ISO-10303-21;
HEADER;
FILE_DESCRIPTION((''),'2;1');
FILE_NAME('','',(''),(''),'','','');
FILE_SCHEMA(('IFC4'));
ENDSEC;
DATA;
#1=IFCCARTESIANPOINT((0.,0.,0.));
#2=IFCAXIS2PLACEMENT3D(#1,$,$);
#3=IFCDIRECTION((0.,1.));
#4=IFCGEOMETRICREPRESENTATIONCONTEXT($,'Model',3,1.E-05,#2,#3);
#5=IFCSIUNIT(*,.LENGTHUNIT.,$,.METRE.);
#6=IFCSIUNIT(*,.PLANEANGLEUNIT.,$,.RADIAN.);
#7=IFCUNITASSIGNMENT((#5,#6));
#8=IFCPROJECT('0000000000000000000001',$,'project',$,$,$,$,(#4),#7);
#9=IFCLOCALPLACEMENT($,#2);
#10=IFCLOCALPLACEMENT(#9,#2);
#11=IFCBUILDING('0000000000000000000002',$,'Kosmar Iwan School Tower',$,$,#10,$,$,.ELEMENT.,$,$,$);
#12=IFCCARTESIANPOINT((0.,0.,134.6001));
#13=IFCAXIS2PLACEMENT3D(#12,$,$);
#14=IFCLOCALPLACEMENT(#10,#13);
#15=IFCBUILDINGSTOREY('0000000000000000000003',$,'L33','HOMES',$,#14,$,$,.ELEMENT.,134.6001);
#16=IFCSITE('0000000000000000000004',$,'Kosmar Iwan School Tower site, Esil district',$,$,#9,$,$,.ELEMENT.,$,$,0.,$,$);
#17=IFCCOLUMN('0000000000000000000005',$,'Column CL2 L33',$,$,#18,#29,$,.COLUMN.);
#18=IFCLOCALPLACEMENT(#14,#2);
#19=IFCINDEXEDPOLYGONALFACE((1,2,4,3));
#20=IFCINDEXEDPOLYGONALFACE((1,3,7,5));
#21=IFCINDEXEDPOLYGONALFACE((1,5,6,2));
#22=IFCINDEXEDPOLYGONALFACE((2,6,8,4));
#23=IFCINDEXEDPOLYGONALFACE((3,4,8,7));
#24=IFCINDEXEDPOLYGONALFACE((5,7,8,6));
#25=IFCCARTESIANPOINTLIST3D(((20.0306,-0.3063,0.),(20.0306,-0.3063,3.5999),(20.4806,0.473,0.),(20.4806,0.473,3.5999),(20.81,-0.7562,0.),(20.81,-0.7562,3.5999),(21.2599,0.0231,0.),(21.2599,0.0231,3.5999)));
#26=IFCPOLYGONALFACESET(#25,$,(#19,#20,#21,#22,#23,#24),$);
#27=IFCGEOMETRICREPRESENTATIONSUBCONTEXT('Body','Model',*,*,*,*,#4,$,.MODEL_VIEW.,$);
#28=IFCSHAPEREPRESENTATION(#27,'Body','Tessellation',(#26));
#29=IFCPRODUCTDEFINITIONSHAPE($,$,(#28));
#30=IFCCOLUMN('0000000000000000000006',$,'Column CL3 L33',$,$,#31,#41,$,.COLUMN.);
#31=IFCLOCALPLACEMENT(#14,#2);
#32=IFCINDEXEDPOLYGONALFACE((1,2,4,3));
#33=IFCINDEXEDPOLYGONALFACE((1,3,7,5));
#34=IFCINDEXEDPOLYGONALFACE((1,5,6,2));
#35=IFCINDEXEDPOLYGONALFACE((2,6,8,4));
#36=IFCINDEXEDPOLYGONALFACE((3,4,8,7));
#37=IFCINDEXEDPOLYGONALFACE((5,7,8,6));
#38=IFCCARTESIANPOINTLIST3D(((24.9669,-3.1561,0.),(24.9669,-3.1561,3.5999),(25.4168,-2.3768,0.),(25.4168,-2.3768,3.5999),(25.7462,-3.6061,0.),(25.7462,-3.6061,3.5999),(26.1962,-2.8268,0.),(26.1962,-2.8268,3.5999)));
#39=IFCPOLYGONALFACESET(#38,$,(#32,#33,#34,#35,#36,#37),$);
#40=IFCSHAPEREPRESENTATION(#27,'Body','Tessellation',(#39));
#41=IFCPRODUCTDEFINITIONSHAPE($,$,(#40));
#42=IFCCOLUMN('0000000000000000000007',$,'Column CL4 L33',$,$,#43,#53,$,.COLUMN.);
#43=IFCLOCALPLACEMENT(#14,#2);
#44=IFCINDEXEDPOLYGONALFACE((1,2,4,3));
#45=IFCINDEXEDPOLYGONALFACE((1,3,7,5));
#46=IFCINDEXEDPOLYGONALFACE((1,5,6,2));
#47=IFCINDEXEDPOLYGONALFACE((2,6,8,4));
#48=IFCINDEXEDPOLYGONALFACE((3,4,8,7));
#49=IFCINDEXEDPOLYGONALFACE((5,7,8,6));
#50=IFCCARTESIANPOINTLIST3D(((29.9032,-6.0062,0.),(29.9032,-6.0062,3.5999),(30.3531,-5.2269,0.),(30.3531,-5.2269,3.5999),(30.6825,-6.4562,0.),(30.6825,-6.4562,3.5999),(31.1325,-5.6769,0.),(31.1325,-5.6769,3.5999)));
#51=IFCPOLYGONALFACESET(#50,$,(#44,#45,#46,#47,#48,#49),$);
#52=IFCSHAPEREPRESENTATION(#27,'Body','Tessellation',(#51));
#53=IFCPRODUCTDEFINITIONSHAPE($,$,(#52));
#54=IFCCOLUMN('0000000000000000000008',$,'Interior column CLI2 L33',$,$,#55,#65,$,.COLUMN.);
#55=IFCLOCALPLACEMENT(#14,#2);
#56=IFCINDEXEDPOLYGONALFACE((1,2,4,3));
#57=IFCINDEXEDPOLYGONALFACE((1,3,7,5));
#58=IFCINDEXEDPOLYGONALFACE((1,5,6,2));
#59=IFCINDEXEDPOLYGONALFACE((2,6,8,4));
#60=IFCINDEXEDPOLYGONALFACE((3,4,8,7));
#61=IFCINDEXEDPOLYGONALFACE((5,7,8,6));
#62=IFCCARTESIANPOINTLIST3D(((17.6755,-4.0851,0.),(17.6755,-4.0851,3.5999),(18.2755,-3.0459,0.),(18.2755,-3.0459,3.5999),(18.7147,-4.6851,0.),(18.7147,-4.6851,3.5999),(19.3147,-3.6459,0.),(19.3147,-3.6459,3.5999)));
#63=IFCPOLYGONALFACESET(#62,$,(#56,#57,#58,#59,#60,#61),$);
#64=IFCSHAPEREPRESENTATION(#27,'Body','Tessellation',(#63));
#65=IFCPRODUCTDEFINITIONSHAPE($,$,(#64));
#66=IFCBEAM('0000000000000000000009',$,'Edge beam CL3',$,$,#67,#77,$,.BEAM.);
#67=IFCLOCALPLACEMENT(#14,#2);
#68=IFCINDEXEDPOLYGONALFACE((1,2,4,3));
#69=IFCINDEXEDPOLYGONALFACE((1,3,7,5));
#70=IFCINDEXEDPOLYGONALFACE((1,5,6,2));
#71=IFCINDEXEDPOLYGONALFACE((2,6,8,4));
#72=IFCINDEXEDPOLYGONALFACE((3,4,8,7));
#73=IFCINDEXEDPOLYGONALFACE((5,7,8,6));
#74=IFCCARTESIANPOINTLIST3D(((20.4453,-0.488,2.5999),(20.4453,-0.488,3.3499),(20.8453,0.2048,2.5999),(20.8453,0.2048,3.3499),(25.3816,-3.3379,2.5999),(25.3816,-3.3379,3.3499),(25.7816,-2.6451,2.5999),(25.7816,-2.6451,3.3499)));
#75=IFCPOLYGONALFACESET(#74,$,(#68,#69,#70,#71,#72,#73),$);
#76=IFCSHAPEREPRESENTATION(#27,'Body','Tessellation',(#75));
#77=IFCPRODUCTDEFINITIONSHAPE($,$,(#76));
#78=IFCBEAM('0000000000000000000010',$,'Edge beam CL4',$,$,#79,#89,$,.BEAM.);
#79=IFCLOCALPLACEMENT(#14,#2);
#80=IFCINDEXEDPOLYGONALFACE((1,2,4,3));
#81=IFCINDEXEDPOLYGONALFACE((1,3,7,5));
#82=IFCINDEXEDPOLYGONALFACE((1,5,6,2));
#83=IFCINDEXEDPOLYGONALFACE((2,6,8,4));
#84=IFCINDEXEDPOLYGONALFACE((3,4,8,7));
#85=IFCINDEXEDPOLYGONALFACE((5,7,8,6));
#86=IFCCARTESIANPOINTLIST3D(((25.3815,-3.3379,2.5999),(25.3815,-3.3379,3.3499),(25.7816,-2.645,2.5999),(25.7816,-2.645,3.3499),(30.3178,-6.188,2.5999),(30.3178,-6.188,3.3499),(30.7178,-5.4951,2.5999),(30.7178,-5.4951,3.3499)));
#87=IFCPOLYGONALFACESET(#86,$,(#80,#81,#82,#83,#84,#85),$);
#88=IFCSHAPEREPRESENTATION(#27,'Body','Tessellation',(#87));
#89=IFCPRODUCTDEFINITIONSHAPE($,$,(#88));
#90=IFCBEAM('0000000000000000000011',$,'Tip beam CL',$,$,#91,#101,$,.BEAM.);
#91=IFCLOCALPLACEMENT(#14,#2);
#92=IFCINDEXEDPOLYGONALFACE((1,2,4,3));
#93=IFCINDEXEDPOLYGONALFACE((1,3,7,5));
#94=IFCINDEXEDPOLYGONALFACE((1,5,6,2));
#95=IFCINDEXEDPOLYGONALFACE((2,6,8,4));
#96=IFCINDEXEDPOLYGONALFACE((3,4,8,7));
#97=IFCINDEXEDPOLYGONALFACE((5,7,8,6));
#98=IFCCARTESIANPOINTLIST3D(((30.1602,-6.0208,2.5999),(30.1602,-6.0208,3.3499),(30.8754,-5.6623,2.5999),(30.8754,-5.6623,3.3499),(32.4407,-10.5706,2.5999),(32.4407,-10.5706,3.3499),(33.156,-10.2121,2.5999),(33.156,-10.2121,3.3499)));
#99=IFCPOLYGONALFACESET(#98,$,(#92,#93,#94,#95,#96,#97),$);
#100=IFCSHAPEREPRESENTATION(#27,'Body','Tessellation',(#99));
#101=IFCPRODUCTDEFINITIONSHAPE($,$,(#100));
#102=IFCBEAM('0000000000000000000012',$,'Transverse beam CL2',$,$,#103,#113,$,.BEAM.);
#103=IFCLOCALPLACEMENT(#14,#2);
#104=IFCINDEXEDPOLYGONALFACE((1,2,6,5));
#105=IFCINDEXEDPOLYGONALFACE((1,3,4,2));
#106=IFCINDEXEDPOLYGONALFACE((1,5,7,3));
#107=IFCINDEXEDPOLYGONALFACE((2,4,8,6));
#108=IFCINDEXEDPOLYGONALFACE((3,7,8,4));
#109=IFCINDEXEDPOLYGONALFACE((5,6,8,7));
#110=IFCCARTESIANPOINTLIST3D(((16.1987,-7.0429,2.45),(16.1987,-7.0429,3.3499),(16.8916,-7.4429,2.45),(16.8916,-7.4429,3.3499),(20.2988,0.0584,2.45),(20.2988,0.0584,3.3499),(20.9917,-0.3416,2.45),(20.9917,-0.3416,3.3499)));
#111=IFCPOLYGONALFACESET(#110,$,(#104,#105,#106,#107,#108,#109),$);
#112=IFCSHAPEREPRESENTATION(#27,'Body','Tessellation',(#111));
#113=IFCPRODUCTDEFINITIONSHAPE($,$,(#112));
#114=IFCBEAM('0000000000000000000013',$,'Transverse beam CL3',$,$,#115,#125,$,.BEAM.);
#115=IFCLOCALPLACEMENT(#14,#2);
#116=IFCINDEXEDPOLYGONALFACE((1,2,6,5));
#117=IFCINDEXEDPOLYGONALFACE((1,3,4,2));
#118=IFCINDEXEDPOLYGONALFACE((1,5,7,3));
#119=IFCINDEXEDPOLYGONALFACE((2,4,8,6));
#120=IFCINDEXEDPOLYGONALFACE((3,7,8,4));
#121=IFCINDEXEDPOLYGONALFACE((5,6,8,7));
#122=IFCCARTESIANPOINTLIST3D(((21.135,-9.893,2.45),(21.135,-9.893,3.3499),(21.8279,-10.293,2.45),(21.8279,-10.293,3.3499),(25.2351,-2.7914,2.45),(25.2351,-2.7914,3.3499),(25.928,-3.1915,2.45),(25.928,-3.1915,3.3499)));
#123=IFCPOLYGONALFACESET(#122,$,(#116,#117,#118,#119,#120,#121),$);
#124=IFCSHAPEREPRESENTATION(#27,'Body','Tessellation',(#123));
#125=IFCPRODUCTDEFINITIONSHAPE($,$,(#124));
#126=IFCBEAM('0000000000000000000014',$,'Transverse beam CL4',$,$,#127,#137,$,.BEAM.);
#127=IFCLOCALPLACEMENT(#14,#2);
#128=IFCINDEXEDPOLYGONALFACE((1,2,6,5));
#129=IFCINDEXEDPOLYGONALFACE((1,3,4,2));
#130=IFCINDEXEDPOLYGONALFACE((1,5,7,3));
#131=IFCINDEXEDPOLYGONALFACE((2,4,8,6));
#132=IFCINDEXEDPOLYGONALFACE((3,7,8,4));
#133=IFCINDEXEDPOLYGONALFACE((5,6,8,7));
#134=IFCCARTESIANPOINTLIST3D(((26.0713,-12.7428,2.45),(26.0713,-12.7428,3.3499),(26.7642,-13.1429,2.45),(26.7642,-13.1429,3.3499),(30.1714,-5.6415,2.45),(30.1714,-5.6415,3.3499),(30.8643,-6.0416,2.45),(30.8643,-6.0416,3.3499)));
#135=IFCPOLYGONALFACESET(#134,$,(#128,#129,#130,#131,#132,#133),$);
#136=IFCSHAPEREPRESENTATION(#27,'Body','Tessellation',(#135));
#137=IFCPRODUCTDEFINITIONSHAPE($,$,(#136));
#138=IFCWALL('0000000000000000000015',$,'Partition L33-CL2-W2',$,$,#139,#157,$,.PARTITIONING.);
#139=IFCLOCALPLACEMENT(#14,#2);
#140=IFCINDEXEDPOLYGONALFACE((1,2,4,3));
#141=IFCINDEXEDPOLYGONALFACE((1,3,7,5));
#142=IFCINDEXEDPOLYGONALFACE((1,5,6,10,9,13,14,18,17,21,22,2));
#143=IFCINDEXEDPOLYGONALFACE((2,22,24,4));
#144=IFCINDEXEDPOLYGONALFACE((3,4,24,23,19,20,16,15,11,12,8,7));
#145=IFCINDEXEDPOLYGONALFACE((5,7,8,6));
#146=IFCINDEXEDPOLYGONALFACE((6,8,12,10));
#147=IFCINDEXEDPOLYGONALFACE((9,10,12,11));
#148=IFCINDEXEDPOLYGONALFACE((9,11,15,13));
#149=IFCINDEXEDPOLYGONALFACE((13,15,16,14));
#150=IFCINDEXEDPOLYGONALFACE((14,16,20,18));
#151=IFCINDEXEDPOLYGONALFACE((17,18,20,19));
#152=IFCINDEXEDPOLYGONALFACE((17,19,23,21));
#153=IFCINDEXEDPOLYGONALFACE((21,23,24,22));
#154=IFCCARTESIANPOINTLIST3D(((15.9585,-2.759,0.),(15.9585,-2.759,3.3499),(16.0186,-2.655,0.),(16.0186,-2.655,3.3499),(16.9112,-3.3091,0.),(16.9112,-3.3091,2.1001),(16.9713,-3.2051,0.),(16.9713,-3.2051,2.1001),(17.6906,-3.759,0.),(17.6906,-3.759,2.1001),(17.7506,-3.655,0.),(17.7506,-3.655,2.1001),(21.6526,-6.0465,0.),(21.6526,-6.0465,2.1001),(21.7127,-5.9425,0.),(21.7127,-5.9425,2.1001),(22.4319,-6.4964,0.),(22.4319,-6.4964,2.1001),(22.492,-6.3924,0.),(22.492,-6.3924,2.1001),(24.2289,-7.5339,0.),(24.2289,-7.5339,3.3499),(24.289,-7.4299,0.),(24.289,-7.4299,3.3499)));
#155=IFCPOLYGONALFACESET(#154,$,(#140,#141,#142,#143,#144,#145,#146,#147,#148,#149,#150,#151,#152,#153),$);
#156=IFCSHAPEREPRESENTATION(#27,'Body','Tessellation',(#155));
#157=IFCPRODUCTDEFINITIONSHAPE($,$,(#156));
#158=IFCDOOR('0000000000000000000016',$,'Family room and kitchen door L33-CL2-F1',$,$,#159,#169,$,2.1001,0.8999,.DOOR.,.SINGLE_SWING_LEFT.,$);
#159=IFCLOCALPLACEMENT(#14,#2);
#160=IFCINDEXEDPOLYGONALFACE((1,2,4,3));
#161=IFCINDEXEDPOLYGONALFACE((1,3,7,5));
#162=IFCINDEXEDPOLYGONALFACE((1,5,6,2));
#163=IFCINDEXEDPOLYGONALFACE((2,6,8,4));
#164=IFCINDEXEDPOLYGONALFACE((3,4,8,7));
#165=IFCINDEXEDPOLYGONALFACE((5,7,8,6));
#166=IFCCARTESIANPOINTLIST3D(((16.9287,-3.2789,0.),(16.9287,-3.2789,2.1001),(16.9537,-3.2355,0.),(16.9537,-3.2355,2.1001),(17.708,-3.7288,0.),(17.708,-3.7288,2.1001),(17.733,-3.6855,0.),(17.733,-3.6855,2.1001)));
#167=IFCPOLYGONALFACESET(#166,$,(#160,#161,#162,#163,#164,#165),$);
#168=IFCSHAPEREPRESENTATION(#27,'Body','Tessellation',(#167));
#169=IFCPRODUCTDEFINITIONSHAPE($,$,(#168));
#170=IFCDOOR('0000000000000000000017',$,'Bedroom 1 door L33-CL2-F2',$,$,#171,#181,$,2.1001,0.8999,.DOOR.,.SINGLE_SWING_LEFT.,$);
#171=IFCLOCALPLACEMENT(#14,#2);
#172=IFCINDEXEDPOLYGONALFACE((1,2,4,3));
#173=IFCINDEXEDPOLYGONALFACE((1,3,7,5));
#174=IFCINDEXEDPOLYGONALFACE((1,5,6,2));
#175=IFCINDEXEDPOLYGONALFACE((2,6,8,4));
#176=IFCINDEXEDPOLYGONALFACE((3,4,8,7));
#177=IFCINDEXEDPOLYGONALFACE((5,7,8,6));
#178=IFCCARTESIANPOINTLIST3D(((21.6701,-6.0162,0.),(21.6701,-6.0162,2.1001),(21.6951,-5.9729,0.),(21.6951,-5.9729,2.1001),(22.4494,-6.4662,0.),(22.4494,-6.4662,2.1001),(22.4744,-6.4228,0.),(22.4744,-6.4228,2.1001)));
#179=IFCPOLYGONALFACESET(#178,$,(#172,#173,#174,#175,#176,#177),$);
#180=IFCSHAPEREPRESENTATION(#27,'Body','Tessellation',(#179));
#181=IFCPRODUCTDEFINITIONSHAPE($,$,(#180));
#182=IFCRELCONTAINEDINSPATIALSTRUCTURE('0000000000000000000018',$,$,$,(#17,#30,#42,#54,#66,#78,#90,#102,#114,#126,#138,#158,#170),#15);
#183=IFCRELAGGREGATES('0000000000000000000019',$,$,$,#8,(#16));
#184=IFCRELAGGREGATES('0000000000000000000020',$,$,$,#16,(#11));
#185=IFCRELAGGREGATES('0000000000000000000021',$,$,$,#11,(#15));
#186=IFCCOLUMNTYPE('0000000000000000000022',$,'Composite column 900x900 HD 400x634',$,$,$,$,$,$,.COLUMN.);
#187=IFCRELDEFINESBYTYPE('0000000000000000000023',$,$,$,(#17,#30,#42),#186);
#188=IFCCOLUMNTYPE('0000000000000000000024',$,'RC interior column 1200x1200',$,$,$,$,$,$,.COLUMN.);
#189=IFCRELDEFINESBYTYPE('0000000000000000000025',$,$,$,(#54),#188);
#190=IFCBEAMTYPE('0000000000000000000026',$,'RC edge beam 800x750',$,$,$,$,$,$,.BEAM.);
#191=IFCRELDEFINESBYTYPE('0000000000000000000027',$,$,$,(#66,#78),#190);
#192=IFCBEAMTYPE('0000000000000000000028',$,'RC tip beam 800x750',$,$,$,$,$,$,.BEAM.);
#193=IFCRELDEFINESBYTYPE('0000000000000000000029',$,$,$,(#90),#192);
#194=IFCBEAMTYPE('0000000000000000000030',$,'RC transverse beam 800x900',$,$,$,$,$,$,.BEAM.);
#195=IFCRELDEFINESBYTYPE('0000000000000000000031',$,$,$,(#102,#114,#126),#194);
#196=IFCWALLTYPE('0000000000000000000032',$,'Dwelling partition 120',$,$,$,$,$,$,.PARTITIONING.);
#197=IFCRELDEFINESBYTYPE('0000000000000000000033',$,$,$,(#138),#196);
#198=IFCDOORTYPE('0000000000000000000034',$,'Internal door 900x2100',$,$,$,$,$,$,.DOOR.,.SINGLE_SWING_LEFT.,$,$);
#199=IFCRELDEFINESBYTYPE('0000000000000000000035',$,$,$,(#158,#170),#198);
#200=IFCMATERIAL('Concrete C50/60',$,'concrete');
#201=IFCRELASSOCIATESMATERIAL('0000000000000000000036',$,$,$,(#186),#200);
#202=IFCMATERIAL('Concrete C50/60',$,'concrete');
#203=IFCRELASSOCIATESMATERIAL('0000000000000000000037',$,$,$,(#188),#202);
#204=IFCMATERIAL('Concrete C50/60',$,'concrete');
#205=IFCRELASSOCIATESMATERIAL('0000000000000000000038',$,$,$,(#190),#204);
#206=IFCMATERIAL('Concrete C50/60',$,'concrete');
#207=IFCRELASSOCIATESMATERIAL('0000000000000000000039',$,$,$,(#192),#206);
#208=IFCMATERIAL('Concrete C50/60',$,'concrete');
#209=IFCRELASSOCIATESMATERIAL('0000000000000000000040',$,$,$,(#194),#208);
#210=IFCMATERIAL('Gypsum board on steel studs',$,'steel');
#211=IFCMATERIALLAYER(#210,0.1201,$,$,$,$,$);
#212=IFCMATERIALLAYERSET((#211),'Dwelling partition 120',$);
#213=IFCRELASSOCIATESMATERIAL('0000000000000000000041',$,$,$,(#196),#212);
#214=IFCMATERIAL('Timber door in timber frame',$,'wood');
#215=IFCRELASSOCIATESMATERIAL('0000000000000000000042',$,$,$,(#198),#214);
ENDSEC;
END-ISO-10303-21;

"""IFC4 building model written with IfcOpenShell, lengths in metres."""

from ifc_helpers import new_model, si_unit, direction, frame, frame_2d, origin, origin_2d, place, context, subcontext, project, spatial, rectangle, extrude, material, layer, layer_set, material_profile, profile_set, type_object, element, fill, save


model = new_model("IFC4")

# Units and contexts
model_context = context("Model", 3, precision=1e-05, world=origin(), true_north=direction((0.0, 1.0)))
body_context = subcontext(model_context, "Body", "Model", "MODEL_VIEW")
ifc_project = project(units=[si_unit("LENGTHUNIT", "METRE"), si_unit("PLANEANGLEUNIT", "RADIAN")], contexts=[model_context])

# Site, building, storey
site_placement = place(None, origin())
site = spatial("IfcSite", under=ifc_project, at=site_placement, Name="Kosmar Iwan School Tower site, Esil district", CompositionType="ELEMENT", RefElevation=0.0)
building_placement = place(site_placement, origin())
building = spatial("IfcBuilding", under=site, at=building_placement, Name="Kosmar Iwan School Tower", CompositionType="ELEMENT")
storey_placement = place(building_placement, frame((0.0, 0.0, 134.6001)))
storey = spatial("IfcBuildingStorey", under=building, at=storey_placement, Name="L33", Description="HOMES", CompositionType="ELEMENT", Elevation=134.6001)

# Columns
ifc_material_1 = material(Name="Concrete C50/60", Category="concrete")
ifc_material_profile_1 = material_profile(ifc_material_1, rectangle(XDim=0.8999, YDim=0.8999, at=origin_2d()), Name="RC 900x900 + HD 400x634")
ifc_profile_set_1 = profile_set([ifc_material_profile_1], Name="Concrete C50/60")
column_type_1 = type_object("IfcColumnType", Name="Composite column 900x900 HD 400x634", PredefinedType="COLUMN", material=ifc_profile_set_1)
for number, where, z_axis, x_axis, name in (
    (1, (20.6453, -0.1416, 0.0), (0.0, 0.0, 1.0), (0.866025, -0.5, 0.0), "Column CL2 L33"),
    (2, (25.5815, -2.9915, 0.0), (0.0, 0.0, 1.0), (0.866025, -0.5, 0.0), "Column CL3 L33"),
    (3, (30.5178, -5.8416, 0.0), (0.0, 0.0, 1.0), (0.866025, -0.5, 0.0), "Column CL4 L33"),
):
    element("IfcColumn", number, at=place(storey_placement, frame(where, z_axis=z_axis, x_axis=x_axis)), inside=storey, type_object=column_type_1, Name=name, PredefinedType="COLUMN", context=body_context, shape_type="SweptSolid", body=[
        extrude(rectangle(XDim=0.8999, YDim=0.8999, at=origin_2d()), origin(), (0.0, 0.0, 1.0), 3.5999),
    ])
ifc_material_2 = material(Name="Concrete C50/60", Category="concrete")
ifc_material_profile_2 = material_profile(ifc_material_2, rectangle(XDim=1.2, YDim=1.2, at=origin_2d()), Name="RC 1200x1200")
ifc_profile_set_2 = profile_set([ifc_material_profile_2], Name="Concrete C50/60")
column_type_2 = type_object("IfcColumnType", Name="RC interior column 1200x1200", PredefinedType="COLUMN", material=ifc_profile_set_2)
column_placement = place(storey_placement, frame((18.4951, -3.8655, 0.0), z_axis=(0.0, 0.0, 1.0), x_axis=(0.866025, -0.5, 0.0)))
element("IfcColumn", 4, at=column_placement, inside=storey, type_object=column_type_2, Name="Interior column CLI2 L33", PredefinedType="COLUMN", context=body_context, shape_type="SweptSolid", body=[
    extrude(rectangle(XDim=1.2, YDim=1.2, at=origin_2d()), origin(), (0.0, 0.0, 1.0), 3.5999),
])

# Beams
ifc_material_3 = material(Name="Concrete C50/60", Category="concrete")
ifc_material_profile_3 = material_profile(ifc_material_3, rectangle(XDim=0.8, YDim=0.75, at=origin_2d()), Name="RC 800x750")
ifc_profile_set_3 = profile_set([ifc_material_profile_3], Name="Concrete C50/60")
beam_type_1 = type_object("IfcBeamType", Name="RC edge beam 800x750", PredefinedType="BEAM", material=ifc_profile_set_3)
for number, where, z_axis, x_axis, name in (
    (5, (20.6453, -0.1416, 2.9749), (0.866034, -0.499986, 0.0), (0.499986, 0.866034, 0.0), "Edge beam CL3"),
    (6, (25.5815, -2.9915, 2.9749), (0.866015, -0.500018, 0.0), (0.500018, 0.866015, 0.0), "Edge beam CL4"),
):
    element("IfcBeam", number, at=place(storey_placement, frame(where, z_axis=z_axis, x_axis=x_axis)), inside=storey, type_object=beam_type_1, Name=name, PredefinedType="BEAM", context=body_context, shape_type="SweptSolid", body=[
        extrude(rectangle(XDim=0.8, YDim=0.75, at=origin_2d()), origin(), (0.0, 0.0, 1.0), 5.7),
    ])
ifc_material_4 = material(Name="Concrete C50/60", Category="concrete")
ifc_material_profile_4 = material_profile(ifc_material_4, rectangle(XDim=0.8, YDim=0.75, at=origin_2d()), Name="RC 800x750")
ifc_profile_set_4 = profile_set([ifc_material_profile_4], Name="Concrete C50/60")
beam_type_2 = type_object("IfcBeamType", Name="RC tip beam 800x750", PredefinedType="BEAM", material=ifc_profile_set_4)
beam_1_placement = place(storey_placement, frame((30.5178, -5.8416, 2.9749), z_axis=(0.448096, -0.893985, 0.0), x_axis=(0.893985, 0.448096, 0.0)))
element("IfcBeam", 7, at=beam_1_placement, inside=storey, type_object=beam_type_2, Name="Tip beam CL", PredefinedType="BEAM", context=body_context, shape_type="SweptSolid", body=[
    extrude(rectangle(XDim=0.8, YDim=0.75, at=origin_2d()), origin(), (0.0, 0.0, 1.0), 5.0894),
])
ifc_material_5 = material(Name="Concrete C50/60", Category="concrete")
ifc_material_profile_5 = material_profile(ifc_material_5, rectangle(XDim=0.8, YDim=0.8999, at=origin_2d()), Name="RC 800x900")
ifc_profile_set_5 = profile_set([ifc_material_profile_5], Name="Concrete C50/60")
beam_type_3 = type_object("IfcBeamType", Name="RC transverse beam 800x900", PredefinedType="BEAM", material=ifc_profile_set_5)
beam_2_placement = place(storey_placement, frame((20.6453, -0.1416, 2.8999), z_axis=(-0.500014, -0.866018, 0.0), x_axis=(0.866018, -0.500014, 0.0)))
element("IfcBeam", 8, at=beam_2_placement, inside=storey, type_object=beam_type_3, Name="Transverse beam CL2", PredefinedType="BEAM", context=body_context, shape_type="SweptSolid", body=[
    extrude(rectangle(XDim=0.8, YDim=0.8999, at=origin_2d()), origin(), (0.0, 0.0, 1.0), 8.2),
])
beam_3_placement = place(storey_placement, frame((25.5815, -2.9915, 2.8999), z_axis=(-0.500001, -0.866025, 0.0), x_axis=(0.866025, -0.500001, 0.0)))
element("IfcBeam", 9, at=beam_3_placement, inside=storey, type_object=beam_type_3, Name="Transverse beam CL3", PredefinedType="BEAM", context=body_context, shape_type="SweptSolid", body=[
    extrude(rectangle(XDim=0.8, YDim=0.8999, at=origin_2d()), origin(), (0.0, 0.0, 1.0), 8.2002),
])
beam_4_placement = place(storey_placement, frame((30.5178, -5.8416, 2.8999), z_axis=(-0.500014, -0.866018, 0.0), x_axis=(0.866018, -0.500014, 0.0)))
element("IfcBeam", 10, at=beam_4_placement, inside=storey, type_object=beam_type_3, Name="Transverse beam CL4", PredefinedType="BEAM", context=body_context, shape_type="SweptSolid", body=[
    extrude(rectangle(XDim=0.8, YDim=0.8999, at=origin_2d()), origin(), (0.0, 0.0, 1.0), 8.2),
])

# Wall, openings, doors
ifc_material_6 = material(Name="Gypsum board on steel studs", Category="steel")
ifc_layer_1 = layer(ifc_material_6, 0.1201)
ifc_layer_set_1 = layer_set([ifc_layer_1], Name="Dwelling partition 120")
wall_type_1 = type_object("IfcWallType", Name="Dwelling partition 120", PredefinedType="PARTITIONING", material=ifc_layer_set_1)
wall_1_placement = place(storey_placement, frame((15.9885, -2.707, 0.0), z_axis=(0.0, 0.0, 1.0), x_axis=(0.866029, -0.499994, 0.0)))
wall_1 = element("IfcWall", 11, at=wall_1_placement, inside=storey, type_object=wall_type_1, Name="Partition L33-CL2-W2", PredefinedType="PARTITIONING", context=body_context, shape_type="SweptSolid", body=[
    extrude(rectangle(XDim=9.5498, YDim=0.1201, at=frame_2d((4.7749, 0.0))), origin(), (0.0, 0.0, 1.0), 3.3499),
])
opening_1_placement = place(wall_1_placement, frame((1.1001, 0.0, 0.0)))
opening_1 = element("IfcOpeningElement", 12, at=opening_1_placement, cuts=wall_1, PredefinedType="OPENING", context=body_context, shape_type="SweptSolid", body=[
    extrude(rectangle(XDim=0.8999, YDim=2.1001, at=frame_2d((0.45, 1.05))), frame((0.0, 0.072, 0.0), z_axis=(0.0, -1.0, 0.0), x_axis=(1.0, 0.0, 0.0)), (0.0, 0.0, 1.0), 0.144),
])
opening_2_placement = place(wall_1_placement, frame((6.575, 0.0, 0.0)))
opening_2 = element("IfcOpeningElement", 13, at=opening_2_placement, cuts=wall_1, PredefinedType="OPENING", context=body_context, shape_type="SweptSolid", body=[
    extrude(rectangle(XDim=0.8999, YDim=2.1001, at=frame_2d((0.45, 1.05))), frame((0.0, 0.072, 0.0), z_axis=(0.0, -1.0, 0.0), x_axis=(1.0, 0.0, 0.0)), (0.0, 0.0, 1.0), 0.144),
])
ifc_material_7 = material(Name="Timber door in timber frame", Category="wood")
door_type = type_object("IfcDoorType", Name="Internal door 900x2100", OperationType="SINGLE_SWING_LEFT", PredefinedType="DOOR", material=ifc_material_7)
door_1_placement = place(opening_1_placement, origin())
door_1 = element("IfcDoor", 14, at=door_1_placement, inside=storey, type_object=door_type, Name="Family room and kitchen door L33-CL2-F1", OperationType="SINGLE_SWING_LEFT", OverallHeight=2.1001, OverallWidth=0.8999, PredefinedType="DOOR", context=body_context, shape_type="SweptSolid", body=[
    extrude(rectangle(XDim=0.8999, YDim=2.1001, at=frame_2d((0.45, 1.05))), frame((0.0, 0.0249, 0.0), z_axis=(0.0, -1.0, 0.0), x_axis=(1.0, 0.0, 0.0)), (0.0, 0.0, 1.0), 0.05),
])
fill(opening_1, door_1)
door_2_placement = place(opening_2_placement, origin())
door_2 = element("IfcDoor", 15, at=door_2_placement, inside=storey, type_object=door_type, Name="Bedroom 1 door L33-CL2-F2", OperationType="SINGLE_SWING_LEFT", OverallHeight=2.1001, OverallWidth=0.8999, PredefinedType="DOOR", context=body_context, shape_type="SweptSolid", body=[
    extrude(rectangle(XDim=0.8999, YDim=2.1001, at=frame_2d((0.45, 1.05))), frame((0.0, 0.0249, 0.0), z_axis=(0.0, -1.0, 0.0), x_axis=(1.0, 0.0, 0.0)), (0.0, 0.0, 1.0), 0.05),
])
fill(opening_2, door_2)

save(model, "model.ifc")
